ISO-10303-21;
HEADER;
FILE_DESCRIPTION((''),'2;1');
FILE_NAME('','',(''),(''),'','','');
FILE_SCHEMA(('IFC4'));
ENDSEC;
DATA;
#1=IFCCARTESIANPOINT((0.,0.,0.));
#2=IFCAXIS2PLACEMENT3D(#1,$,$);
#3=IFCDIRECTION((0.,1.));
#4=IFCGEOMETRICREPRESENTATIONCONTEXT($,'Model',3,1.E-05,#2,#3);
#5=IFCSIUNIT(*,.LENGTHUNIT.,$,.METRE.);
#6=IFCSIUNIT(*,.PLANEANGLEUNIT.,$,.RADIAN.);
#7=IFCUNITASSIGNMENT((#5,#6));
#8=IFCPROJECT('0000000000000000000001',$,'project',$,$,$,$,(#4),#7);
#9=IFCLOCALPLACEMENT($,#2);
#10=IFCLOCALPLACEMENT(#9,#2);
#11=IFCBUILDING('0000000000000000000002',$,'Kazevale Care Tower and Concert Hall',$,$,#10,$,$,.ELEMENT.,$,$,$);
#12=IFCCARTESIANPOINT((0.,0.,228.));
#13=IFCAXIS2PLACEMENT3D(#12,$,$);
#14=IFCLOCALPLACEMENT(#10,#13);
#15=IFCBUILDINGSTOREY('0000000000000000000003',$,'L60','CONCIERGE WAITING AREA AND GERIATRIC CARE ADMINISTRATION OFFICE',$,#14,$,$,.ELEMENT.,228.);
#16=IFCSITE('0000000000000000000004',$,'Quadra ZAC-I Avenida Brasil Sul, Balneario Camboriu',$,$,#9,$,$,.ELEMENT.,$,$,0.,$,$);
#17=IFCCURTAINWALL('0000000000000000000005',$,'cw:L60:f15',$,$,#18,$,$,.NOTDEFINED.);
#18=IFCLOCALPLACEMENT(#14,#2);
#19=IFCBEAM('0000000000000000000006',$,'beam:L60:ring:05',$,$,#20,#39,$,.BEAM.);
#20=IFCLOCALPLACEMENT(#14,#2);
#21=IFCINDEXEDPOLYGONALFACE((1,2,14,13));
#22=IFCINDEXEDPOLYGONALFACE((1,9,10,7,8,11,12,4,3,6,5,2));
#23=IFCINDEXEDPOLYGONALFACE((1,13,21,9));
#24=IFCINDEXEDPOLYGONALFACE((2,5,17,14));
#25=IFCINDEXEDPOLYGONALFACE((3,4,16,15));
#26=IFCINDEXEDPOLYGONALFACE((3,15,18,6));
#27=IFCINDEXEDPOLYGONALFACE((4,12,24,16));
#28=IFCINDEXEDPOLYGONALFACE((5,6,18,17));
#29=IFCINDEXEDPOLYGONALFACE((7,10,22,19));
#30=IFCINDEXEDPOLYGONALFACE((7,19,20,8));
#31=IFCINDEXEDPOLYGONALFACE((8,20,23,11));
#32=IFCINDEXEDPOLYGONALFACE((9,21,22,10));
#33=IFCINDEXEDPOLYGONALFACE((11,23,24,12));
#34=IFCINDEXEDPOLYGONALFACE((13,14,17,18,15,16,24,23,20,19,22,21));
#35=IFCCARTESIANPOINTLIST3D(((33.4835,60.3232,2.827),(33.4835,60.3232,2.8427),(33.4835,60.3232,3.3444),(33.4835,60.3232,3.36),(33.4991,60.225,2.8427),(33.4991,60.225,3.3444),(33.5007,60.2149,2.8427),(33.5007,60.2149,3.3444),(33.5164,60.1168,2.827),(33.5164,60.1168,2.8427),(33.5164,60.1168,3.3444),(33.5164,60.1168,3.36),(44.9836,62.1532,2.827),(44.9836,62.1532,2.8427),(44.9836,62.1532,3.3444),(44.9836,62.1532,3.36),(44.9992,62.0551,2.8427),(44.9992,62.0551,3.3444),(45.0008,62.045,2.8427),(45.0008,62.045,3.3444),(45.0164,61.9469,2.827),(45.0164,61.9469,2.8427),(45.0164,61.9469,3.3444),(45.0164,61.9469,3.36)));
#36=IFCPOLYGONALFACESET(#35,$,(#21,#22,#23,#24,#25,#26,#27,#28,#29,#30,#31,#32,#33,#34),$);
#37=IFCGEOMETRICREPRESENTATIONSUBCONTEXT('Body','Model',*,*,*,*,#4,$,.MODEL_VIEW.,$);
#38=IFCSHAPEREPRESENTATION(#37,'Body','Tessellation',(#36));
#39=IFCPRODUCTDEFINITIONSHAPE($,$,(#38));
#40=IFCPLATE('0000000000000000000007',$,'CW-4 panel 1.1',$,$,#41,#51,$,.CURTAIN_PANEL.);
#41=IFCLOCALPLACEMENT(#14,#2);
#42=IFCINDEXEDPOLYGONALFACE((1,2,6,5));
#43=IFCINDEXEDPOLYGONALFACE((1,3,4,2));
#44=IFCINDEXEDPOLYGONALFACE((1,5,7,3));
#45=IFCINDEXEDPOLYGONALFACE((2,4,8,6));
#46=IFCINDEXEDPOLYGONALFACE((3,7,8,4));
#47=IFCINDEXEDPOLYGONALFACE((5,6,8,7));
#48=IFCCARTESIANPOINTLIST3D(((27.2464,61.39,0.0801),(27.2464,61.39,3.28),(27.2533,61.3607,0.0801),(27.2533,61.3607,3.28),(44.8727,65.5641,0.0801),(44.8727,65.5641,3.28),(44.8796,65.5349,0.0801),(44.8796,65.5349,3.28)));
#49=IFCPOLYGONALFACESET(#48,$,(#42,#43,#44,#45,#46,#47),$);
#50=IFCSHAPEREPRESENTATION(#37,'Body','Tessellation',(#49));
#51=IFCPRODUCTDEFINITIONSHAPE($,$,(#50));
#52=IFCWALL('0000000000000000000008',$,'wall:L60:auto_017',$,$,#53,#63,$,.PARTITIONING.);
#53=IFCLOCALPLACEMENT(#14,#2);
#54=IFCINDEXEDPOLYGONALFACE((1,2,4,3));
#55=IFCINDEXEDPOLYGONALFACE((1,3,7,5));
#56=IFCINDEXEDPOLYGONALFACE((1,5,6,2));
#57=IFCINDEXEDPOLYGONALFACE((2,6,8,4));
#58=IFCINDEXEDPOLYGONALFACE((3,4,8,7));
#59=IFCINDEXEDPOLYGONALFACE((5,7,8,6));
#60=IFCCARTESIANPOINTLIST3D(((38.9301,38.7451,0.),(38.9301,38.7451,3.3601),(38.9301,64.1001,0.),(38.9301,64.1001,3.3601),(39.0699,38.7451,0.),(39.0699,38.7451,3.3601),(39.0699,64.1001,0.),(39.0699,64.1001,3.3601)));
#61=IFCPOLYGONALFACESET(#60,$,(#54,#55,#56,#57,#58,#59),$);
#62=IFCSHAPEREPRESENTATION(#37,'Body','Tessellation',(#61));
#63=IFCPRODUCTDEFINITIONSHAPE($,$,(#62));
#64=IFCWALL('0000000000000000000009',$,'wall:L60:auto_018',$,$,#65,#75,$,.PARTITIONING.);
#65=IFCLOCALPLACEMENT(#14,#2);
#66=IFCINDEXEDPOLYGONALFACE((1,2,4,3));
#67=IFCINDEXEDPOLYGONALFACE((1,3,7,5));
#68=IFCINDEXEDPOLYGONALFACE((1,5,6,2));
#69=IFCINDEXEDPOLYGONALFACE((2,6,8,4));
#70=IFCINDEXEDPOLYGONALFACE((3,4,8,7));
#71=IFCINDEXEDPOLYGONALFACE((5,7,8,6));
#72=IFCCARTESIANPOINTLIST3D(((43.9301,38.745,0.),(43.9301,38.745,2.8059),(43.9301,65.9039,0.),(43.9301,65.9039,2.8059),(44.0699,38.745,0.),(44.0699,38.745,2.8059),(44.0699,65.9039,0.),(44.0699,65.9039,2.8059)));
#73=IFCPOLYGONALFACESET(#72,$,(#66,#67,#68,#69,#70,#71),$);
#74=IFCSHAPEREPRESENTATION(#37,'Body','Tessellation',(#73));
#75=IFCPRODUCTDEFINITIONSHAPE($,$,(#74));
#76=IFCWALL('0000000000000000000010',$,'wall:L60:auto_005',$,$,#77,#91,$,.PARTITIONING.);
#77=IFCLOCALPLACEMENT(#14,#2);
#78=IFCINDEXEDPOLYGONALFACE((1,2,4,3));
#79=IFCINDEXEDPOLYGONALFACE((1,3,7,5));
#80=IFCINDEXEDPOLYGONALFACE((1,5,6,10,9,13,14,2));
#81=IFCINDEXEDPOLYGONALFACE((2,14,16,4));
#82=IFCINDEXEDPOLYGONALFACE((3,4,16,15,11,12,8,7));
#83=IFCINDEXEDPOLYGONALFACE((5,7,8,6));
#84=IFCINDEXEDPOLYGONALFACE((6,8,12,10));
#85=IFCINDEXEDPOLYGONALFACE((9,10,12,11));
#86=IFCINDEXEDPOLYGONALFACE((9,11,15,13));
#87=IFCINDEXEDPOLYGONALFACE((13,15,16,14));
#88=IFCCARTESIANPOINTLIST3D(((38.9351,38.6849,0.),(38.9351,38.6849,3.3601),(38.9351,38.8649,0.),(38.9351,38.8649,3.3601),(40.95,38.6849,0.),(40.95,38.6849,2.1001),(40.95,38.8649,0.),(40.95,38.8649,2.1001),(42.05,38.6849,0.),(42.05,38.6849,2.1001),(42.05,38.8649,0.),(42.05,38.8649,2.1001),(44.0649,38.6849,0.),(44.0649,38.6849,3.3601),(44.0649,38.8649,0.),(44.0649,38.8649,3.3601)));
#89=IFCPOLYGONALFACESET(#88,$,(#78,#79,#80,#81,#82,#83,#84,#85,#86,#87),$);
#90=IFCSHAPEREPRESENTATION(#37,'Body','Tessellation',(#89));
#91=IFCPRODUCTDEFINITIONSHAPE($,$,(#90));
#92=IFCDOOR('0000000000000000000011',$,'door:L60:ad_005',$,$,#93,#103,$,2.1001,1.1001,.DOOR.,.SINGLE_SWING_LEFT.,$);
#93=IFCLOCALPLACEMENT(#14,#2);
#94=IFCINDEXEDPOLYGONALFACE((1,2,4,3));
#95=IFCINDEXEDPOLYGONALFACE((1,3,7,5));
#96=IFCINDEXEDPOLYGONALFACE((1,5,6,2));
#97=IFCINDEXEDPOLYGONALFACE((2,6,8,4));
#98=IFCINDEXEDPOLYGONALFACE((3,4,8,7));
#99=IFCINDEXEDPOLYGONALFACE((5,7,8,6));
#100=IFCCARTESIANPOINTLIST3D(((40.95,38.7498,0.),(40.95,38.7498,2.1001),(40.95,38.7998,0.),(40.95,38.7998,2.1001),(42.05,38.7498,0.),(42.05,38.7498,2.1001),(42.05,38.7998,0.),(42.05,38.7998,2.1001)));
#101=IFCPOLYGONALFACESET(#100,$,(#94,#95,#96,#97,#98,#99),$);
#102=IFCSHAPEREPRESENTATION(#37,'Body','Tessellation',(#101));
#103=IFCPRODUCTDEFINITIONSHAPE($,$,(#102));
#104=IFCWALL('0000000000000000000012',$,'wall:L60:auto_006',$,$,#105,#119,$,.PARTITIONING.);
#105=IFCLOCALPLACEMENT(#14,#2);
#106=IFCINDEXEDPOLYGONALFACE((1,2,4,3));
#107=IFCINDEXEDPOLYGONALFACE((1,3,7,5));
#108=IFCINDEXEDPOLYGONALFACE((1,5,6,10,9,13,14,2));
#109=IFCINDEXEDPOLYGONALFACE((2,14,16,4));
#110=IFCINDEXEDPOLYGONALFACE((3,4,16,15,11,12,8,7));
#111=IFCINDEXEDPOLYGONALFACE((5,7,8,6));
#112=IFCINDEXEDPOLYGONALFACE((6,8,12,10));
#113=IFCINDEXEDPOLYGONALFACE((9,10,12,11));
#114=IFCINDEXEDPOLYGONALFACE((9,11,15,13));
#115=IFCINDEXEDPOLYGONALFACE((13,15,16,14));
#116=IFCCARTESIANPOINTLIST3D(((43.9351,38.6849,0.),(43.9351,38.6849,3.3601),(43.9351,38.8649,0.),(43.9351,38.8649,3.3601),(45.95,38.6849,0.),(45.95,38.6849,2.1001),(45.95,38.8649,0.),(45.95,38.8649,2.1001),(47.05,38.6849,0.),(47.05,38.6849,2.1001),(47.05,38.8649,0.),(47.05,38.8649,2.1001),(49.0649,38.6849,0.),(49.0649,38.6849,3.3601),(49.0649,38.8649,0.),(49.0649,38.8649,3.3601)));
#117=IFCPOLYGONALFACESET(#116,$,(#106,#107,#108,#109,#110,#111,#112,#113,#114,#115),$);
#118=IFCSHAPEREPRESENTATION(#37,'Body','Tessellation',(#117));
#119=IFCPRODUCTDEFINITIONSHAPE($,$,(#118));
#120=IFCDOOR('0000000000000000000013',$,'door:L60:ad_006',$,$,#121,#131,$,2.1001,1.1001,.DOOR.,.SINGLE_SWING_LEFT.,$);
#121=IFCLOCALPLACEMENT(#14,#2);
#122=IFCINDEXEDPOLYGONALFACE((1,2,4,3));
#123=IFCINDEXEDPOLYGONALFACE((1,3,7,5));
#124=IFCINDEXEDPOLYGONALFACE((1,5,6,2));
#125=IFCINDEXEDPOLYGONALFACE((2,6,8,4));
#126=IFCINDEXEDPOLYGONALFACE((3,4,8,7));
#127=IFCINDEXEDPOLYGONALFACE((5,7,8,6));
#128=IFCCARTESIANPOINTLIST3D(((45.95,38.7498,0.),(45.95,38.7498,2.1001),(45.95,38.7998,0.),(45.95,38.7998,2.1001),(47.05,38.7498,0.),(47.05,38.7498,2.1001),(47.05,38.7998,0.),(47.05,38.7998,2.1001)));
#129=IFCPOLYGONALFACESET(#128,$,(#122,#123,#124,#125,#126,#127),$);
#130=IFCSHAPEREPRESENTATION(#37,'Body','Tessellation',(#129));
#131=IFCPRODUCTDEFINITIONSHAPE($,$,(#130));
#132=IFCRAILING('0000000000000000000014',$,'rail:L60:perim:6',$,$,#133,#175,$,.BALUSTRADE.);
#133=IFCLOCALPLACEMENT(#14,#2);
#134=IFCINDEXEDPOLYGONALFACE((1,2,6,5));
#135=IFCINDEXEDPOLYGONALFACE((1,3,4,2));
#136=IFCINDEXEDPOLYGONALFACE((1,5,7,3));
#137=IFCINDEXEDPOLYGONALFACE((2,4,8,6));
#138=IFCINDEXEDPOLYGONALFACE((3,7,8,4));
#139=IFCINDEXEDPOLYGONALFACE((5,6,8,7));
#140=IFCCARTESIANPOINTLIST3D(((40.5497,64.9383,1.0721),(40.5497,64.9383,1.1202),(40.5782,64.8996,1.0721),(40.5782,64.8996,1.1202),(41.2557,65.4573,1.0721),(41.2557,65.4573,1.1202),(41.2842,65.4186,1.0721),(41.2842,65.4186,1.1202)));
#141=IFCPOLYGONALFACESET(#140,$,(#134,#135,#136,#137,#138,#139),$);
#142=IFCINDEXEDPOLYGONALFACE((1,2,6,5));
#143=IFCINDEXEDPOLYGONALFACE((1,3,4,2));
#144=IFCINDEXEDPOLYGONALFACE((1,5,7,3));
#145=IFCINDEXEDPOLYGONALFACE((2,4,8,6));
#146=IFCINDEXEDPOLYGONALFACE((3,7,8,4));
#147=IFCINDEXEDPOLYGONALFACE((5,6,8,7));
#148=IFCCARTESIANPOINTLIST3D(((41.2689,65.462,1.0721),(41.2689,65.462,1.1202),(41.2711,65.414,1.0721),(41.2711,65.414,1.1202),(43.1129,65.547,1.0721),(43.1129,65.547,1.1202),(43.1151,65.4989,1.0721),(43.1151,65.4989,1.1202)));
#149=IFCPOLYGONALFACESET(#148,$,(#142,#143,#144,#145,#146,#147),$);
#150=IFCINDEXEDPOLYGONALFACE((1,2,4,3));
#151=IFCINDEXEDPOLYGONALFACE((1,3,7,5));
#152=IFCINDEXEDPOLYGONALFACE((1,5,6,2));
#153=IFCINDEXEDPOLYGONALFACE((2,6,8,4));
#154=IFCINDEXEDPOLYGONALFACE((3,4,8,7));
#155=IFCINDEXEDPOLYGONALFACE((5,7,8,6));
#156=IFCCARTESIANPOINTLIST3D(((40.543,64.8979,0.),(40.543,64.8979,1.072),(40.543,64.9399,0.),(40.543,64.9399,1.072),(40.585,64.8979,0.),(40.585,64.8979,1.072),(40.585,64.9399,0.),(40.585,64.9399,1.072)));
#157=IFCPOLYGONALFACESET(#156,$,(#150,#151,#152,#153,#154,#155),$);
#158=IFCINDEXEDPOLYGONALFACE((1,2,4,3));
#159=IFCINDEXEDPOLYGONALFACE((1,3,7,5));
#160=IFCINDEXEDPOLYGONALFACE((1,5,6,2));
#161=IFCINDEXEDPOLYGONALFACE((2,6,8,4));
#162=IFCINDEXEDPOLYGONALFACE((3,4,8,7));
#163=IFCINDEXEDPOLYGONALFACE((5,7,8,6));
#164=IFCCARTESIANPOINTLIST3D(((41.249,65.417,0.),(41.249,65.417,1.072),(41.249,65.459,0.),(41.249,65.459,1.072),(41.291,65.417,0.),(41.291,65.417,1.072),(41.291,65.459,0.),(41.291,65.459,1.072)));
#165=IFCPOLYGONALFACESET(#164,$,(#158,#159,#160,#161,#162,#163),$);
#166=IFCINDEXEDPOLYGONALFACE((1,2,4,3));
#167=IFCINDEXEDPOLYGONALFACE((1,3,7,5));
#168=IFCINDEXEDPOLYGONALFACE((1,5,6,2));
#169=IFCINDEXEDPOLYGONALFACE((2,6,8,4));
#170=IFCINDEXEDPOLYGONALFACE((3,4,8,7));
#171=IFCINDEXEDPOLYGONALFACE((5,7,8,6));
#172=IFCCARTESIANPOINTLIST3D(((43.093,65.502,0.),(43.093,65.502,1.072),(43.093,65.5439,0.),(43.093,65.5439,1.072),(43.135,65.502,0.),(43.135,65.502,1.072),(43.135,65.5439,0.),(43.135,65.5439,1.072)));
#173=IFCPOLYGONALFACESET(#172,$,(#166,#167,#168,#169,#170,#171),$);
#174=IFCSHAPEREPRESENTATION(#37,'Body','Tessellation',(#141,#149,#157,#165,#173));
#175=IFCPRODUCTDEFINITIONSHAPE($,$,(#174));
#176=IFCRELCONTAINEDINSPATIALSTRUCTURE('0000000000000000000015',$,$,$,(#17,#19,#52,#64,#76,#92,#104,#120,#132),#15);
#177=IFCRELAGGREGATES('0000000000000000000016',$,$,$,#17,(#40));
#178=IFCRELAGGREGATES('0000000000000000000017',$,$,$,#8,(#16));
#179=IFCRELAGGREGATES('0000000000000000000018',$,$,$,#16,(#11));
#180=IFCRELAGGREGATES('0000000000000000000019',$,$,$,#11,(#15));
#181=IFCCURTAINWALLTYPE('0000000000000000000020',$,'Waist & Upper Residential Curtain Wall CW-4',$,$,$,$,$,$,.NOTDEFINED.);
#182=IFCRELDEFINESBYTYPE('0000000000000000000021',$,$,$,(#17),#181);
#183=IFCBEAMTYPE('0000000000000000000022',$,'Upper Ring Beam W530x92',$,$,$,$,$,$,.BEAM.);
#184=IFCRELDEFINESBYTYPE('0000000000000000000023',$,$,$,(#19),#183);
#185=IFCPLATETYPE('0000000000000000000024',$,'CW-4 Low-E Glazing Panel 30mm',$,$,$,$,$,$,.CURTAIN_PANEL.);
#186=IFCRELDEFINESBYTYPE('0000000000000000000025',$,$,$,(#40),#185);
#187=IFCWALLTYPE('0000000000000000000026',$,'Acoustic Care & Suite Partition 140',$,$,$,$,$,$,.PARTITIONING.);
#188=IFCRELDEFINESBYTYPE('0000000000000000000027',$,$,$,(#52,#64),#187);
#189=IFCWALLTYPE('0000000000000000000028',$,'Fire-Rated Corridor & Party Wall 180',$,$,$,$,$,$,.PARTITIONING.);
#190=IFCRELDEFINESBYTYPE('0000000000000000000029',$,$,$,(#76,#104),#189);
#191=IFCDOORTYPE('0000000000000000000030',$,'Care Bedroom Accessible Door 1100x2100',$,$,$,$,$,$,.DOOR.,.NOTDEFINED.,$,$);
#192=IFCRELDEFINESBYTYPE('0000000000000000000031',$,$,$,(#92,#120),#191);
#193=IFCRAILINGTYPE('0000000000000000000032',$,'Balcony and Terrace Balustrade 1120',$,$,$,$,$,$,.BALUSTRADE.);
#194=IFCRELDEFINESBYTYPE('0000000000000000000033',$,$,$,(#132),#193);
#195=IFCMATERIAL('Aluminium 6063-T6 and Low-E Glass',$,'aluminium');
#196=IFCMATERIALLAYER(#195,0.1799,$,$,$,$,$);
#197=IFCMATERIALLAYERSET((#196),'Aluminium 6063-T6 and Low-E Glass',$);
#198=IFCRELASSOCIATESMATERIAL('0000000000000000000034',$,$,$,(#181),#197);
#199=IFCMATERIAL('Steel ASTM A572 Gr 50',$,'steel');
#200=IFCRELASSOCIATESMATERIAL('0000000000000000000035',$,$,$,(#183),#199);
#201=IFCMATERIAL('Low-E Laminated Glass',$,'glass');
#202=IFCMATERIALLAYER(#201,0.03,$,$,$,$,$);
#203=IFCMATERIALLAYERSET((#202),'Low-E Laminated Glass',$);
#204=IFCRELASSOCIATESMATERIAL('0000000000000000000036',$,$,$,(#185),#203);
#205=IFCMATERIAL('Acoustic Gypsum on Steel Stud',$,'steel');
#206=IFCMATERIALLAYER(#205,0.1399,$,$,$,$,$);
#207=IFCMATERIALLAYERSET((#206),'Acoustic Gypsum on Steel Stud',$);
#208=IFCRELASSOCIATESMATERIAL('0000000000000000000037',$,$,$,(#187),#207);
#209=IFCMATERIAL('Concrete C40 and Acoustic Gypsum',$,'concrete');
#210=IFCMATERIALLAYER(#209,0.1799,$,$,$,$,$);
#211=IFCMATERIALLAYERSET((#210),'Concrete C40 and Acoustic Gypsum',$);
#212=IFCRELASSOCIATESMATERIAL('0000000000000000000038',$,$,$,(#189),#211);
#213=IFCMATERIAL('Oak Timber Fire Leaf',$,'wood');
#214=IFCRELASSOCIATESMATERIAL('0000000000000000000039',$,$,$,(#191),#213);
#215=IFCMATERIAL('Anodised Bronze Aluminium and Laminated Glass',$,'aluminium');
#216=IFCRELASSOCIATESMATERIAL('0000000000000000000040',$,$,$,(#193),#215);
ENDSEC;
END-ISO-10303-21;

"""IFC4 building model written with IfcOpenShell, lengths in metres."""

from ifc_helpers import new_model, si_unit, direction, frame, frame_2d, origin, origin_2d, place, context, subcontext, project, spatial, rectangle, i_section, extrude, material, layer, layer_set, material_profile, profile_set, type_object, element, fill, aggregate, save


model = new_model("IFC4")

# Units and contexts
model_context = context("Model", 3, precision=1e-05, world=origin(), true_north=direction((0.0, 1.0)))
body_context = subcontext(model_context, "Body", "Model", "MODEL_VIEW")
ifc_project = project(units=[si_unit("LENGTHUNIT", "METRE"), si_unit("PLANEANGLEUNIT", "RADIAN")], contexts=[model_context])

# Site, building, storey
site_placement = place(None, origin())
site = spatial("IfcSite", under=ifc_project, at=site_placement, Name="Quadra ZAC-I Avenida Brasil Sul, Balneario Camboriu", CompositionType="ELEMENT", RefElevation=0.0)
building_placement = place(site_placement, origin())
building = spatial("IfcBuilding", under=site, at=building_placement, Name="Kazevale Care Tower and Concert Hall", CompositionType="ELEMENT")
storey_placement = place(building_placement, frame((0.0, 0.0, 228.0)))
storey = spatial("IfcBuildingStorey", under=building, at=storey_placement, Name="L60", Description="CONCIERGE WAITING AREA AND GERIATRIC CARE ADMINISTRATION OFFICE", CompositionType="ELEMENT", Elevation=228.0)

# Shared definitions
ifc_material_1 = material(Name="Aluminium 6063-T6 and Low-E Glass", Category="aluminium")

# Curtain wall
ifc_layer_1 = layer(ifc_material_1, 0.1799)
ifc_layer_set_1 = layer_set([ifc_layer_1], Name="Aluminium 6063-T6 and Low-E Glass")
curtain_wall_type_1 = type_object("IfcCurtainWallType", Name="Waist & Upper Residential Curtain Wall CW-4", PredefinedType="NOTDEFINED", material=ifc_layer_set_1)
curtain_wall_1_placement = place(storey_placement, origin())
curtain_wall_1 = element("IfcCurtainWall", 1, at=curtain_wall_1_placement, inside=storey, type_object=curtain_wall_type_1, Name="cw:L60:f15", PredefinedType="NOTDEFINED")

# Beam
ifc_material_2 = material(Name="Steel ASTM A572 Gr 50", Category="steel")
ifc_material_profile_1 = material_profile(ifc_material_2, i_section(OverallWidth=0.209, OverallDepth=0.533, WebThickness=0.0103, FlangeThickness=0.0156, at=origin_2d()), Name="W530x92")
ifc_profile_set_1 = profile_set([ifc_material_profile_1], Name="Steel ASTM A572 Gr 50")
beam_type_1 = type_object("IfcBeamType", Name="Upper Ring Beam W530x92", PredefinedType="BEAM", material=ifc_profile_set_1)
beam_1_placement = place(storey_placement, frame((45.0, 62.05, 3.0935), z_axis=(-0.987573, -0.15716, 0.0), x_axis=(0.15716, -0.987573, 0.0)))
element("IfcBeam", 2, at=beam_1_placement, inside=storey, type_object=beam_type_1, Name="beam:L60:ring:05", PredefinedType="BEAM", context=body_context, shape_type="SweptSolid", body=[
    extrude(i_section(OverallWidth=0.209, OverallDepth=0.533, WebThickness=0.0103, FlangeThickness=0.0156, at=origin_2d()), origin(), (0.0, 0.0, 1.0), 11.6448),
])

# Plate
ifc_material_3 = material(Name="Low-E Laminated Glass", Category="glass")
ifc_layer_2 = layer(ifc_material_3, 0.03)
ifc_layer_set_2 = layer_set([ifc_layer_2], Name="Low-E Laminated Glass")
plate_type = type_object("IfcPlateType", Name="CW-4 Low-E Glazing Panel 30mm", PredefinedType="CURTAIN_PANEL", material=ifc_layer_set_2)
plate_placement = place(storey_placement, frame((36.063, 63.4624, 0.0801), z_axis=(0.0, 0.0, 1.0), x_axis=(0.973087, 0.230439, 0.0)))
plate = element("IfcPlate", 3, at=plate_placement, type_object=plate_type, Name="CW-4 panel 1.1", PredefinedType="CURTAIN_PANEL", context=body_context, shape_type="SweptSolid", body=[
    extrude(rectangle(XDim=18.1138, YDim=0.03, at=origin_2d()), origin(), (0.0, 0.0, 1.0), 3.2),
])
aggregate(curtain_wall_1, [plate])

# Walls
ifc_material_4 = material(Name="Acoustic Gypsum on Steel Stud", Category="steel")
ifc_layer_3 = layer(ifc_material_4, 0.1399)
ifc_layer_set_3 = layer_set([ifc_layer_3], Name="Acoustic Gypsum on Steel Stud")
wall_type_1 = type_object("IfcWallType", Name="Acoustic Care & Suite Partition 140", PredefinedType="PARTITIONING", material=ifc_layer_set_3)
wall_1_placement = place(storey_placement, frame((39.0, 64.1001, 0.0), z_axis=(0.0, 0.0, 1.0), x_axis=(0.0, -1.0, 0.0)))
element("IfcWall", 4, at=wall_1_placement, inside=storey, type_object=wall_type_1, Name="wall:L60:auto_017", PredefinedType="PARTITIONING", context=body_context, shape_type="SweptSolid", body=[
    extrude(rectangle(XDim=25.355, YDim=0.1399, at=frame_2d((12.6775, 0.0))), origin(), (0.0, 0.0, 1.0), 3.3601),
])
wall_2_placement = place(storey_placement, frame((44.0, 65.9041, 0.0), z_axis=(0.0, 0.0, 1.0), x_axis=(0.0, -1.0, 0.0)))
element("IfcWall", 5, at=wall_2_placement, inside=storey, type_object=wall_type_1, Name="wall:L60:auto_018", PredefinedType="PARTITIONING", context=body_context, shape_type="SweptSolid", body=[
    extrude(rectangle(XDim=27.1589, YDim=0.1399, at=frame_2d((13.5796, 0.0))), origin(), (0.0, 0.0, 1.0), 2.8059),
])

# Walls, openings, doors
ifc_material_5 = material(Name="Concrete C40 and Acoustic Gypsum", Category="concrete")
ifc_layer_4 = layer(ifc_material_5, 0.1799)
ifc_layer_set_4 = layer_set([ifc_layer_4], Name="Concrete C40 and Acoustic Gypsum")
wall_type_2 = type_object("IfcWallType", Name="Fire-Rated Corridor & Party Wall 180", PredefinedType="PARTITIONING", material=ifc_layer_set_4)
wall_3_placement = place(storey_placement, frame((38.9351, 38.7749, 0.0), z_axis=(0.0, 0.0, 1.0), x_axis=(1.0, 0.0, 0.0)))
wall_3 = element("IfcWall", 6, at=wall_3_placement, inside=storey, type_object=wall_type_2, Name="wall:L60:auto_005", PredefinedType="PARTITIONING", context=body_context, shape_type="SweptSolid", body=[
    extrude(rectangle(XDim=5.1299, YDim=0.1799, at=frame_2d((2.5649, 0.0))), origin(), (0.0, 0.0, 1.0), 3.3601),
])
opening_1_placement = place(wall_3_placement, frame((2.0149, 0.0, 0.0)))
opening_1 = element("IfcOpeningElement", 7, at=opening_1_placement, cuts=wall_3, PredefinedType="OPENING", context=body_context, shape_type="SweptSolid", body=[
    extrude(rectangle(XDim=1.1001, YDim=2.1001, at=frame_2d((0.55, 1.05))), frame((0.0, 0.0999, 0.0), z_axis=(0.0, -1.0, 0.0), x_axis=(1.0, 0.0, 0.0)), (0.0, 0.0, 1.0), 0.2),
])
ifc_material_6 = material(Name="Oak Timber Fire Leaf", Category="wood")
door_type = type_object("IfcDoorType", Name="Care Bedroom Accessible Door 1100x2100", OperationType="NOTDEFINED", PredefinedType="DOOR", material=ifc_material_6)
door_1_placement = place(opening_1_placement, origin())
door_1 = element("IfcDoor", 8, at=door_1_placement, inside=storey, type_object=door_type, Name="door:L60:ad_005", OperationType="SINGLE_SWING_LEFT", OverallHeight=2.1001, OverallWidth=1.1001, PredefinedType="DOOR", context=body_context, shape_type="SweptSolid", body=[
    extrude(rectangle(XDim=1.1001, YDim=2.1001, at=frame_2d((0.55, 1.05))), frame((0.0, 0.0249, 0.0), z_axis=(0.0, -1.0, 0.0), x_axis=(1.0, 0.0, 0.0)), (0.0, 0.0, 1.0), 0.05),
])
fill(opening_1, door_1)
wall_4_placement = place(storey_placement, frame((43.9351, 38.7749, 0.0), z_axis=(0.0, 0.0, 1.0), x_axis=(1.0, 0.0, 0.0)))
wall_4 = element("IfcWall", 9, at=wall_4_placement, inside=storey, type_object=wall_type_2, Name="wall:L60:auto_006", PredefinedType="PARTITIONING", context=body_context, shape_type="SweptSolid", body=[
    extrude(rectangle(XDim=5.1299, YDim=0.1799, at=frame_2d((2.5649, 0.0))), origin(), (0.0, 0.0, 1.0), 3.3601),
])
opening_2_placement = place(wall_4_placement, frame((2.0149, 0.0, 0.0)))
opening_2 = element("IfcOpeningElement", 10, at=opening_2_placement, cuts=wall_4, PredefinedType="OPENING", context=body_context, shape_type="SweptSolid", body=[
    extrude(rectangle(XDim=1.1001, YDim=2.1001, at=frame_2d((0.55, 1.05))), frame((0.0, 0.0999, 0.0), z_axis=(0.0, -1.0, 0.0), x_axis=(1.0, 0.0, 0.0)), (0.0, 0.0, 1.0), 0.2),
])
door_2_placement = place(opening_2_placement, origin())
door_2 = element("IfcDoor", 11, at=door_2_placement, inside=storey, type_object=door_type, Name="door:L60:ad_006", OperationType="SINGLE_SWING_LEFT", OverallHeight=2.1001, OverallWidth=1.1001, PredefinedType="DOOR", context=body_context, shape_type="SweptSolid", body=[
    extrude(rectangle(XDim=1.1001, YDim=2.1001, at=frame_2d((0.55, 1.05))), frame((0.0, 0.0249, 0.0), z_axis=(0.0, -1.0, 0.0), x_axis=(1.0, 0.0, 0.0)), (0.0, 0.0, 1.0), 0.05),
])
fill(opening_2, door_2)

# Railing
ifc_material_7 = material(Name="Anodised Bronze Aluminium and Laminated Glass", Category="aluminium")
railing_type = type_object("IfcRailingType", Name="Balcony and Terrace Balustrade 1120", PredefinedType="BALUSTRADE", material=ifc_material_7)
railing_placement = place(storey_placement, frame((40.564, 64.9189, 0.0)))
element("IfcRailing", 12, at=railing_placement, inside=storey, type_object=railing_type, Name="rail:L60:perim:6", PredefinedType="BALUSTRADE", context=body_context, shape_type="SweptSolid", body=[
    extrude(rectangle(XDim=0.0481, YDim=0.0481, at=origin_2d()), frame((0.0, 0.0, 1.0962), z_axis=(0.805714, 0.592305, 0.0), x_axis=(-0.592305, 0.805714, 0.0)), (0.0, 0.0, 1.0), 0.8762),
    extrude(rectangle(XDim=0.0481, YDim=0.0481, at=origin_2d()), frame((0.7061, 0.519, 1.0962), z_axis=(0.99894, 0.046026, 0.0), x_axis=(-0.046026, 0.99894, 0.0)), (0.0, 0.0, 1.0), 1.8459),
    extrude(rectangle(XDim=0.042, YDim=0.042, at=origin_2d()), origin(), (0.0, 0.0, 1.0), 1.072),
    extrude(rectangle(XDim=0.042, YDim=0.042, at=origin_2d()), frame((0.7061, 0.519, 0.0)), (0.0, 0.0, 1.0), 1.072),
    extrude(rectangle(XDim=0.042, YDim=0.042, at=origin_2d()), frame((2.55, 0.604, 0.0)), (0.0, 0.0, 1.0), 1.072),
])

save(model, "model.ifc")
